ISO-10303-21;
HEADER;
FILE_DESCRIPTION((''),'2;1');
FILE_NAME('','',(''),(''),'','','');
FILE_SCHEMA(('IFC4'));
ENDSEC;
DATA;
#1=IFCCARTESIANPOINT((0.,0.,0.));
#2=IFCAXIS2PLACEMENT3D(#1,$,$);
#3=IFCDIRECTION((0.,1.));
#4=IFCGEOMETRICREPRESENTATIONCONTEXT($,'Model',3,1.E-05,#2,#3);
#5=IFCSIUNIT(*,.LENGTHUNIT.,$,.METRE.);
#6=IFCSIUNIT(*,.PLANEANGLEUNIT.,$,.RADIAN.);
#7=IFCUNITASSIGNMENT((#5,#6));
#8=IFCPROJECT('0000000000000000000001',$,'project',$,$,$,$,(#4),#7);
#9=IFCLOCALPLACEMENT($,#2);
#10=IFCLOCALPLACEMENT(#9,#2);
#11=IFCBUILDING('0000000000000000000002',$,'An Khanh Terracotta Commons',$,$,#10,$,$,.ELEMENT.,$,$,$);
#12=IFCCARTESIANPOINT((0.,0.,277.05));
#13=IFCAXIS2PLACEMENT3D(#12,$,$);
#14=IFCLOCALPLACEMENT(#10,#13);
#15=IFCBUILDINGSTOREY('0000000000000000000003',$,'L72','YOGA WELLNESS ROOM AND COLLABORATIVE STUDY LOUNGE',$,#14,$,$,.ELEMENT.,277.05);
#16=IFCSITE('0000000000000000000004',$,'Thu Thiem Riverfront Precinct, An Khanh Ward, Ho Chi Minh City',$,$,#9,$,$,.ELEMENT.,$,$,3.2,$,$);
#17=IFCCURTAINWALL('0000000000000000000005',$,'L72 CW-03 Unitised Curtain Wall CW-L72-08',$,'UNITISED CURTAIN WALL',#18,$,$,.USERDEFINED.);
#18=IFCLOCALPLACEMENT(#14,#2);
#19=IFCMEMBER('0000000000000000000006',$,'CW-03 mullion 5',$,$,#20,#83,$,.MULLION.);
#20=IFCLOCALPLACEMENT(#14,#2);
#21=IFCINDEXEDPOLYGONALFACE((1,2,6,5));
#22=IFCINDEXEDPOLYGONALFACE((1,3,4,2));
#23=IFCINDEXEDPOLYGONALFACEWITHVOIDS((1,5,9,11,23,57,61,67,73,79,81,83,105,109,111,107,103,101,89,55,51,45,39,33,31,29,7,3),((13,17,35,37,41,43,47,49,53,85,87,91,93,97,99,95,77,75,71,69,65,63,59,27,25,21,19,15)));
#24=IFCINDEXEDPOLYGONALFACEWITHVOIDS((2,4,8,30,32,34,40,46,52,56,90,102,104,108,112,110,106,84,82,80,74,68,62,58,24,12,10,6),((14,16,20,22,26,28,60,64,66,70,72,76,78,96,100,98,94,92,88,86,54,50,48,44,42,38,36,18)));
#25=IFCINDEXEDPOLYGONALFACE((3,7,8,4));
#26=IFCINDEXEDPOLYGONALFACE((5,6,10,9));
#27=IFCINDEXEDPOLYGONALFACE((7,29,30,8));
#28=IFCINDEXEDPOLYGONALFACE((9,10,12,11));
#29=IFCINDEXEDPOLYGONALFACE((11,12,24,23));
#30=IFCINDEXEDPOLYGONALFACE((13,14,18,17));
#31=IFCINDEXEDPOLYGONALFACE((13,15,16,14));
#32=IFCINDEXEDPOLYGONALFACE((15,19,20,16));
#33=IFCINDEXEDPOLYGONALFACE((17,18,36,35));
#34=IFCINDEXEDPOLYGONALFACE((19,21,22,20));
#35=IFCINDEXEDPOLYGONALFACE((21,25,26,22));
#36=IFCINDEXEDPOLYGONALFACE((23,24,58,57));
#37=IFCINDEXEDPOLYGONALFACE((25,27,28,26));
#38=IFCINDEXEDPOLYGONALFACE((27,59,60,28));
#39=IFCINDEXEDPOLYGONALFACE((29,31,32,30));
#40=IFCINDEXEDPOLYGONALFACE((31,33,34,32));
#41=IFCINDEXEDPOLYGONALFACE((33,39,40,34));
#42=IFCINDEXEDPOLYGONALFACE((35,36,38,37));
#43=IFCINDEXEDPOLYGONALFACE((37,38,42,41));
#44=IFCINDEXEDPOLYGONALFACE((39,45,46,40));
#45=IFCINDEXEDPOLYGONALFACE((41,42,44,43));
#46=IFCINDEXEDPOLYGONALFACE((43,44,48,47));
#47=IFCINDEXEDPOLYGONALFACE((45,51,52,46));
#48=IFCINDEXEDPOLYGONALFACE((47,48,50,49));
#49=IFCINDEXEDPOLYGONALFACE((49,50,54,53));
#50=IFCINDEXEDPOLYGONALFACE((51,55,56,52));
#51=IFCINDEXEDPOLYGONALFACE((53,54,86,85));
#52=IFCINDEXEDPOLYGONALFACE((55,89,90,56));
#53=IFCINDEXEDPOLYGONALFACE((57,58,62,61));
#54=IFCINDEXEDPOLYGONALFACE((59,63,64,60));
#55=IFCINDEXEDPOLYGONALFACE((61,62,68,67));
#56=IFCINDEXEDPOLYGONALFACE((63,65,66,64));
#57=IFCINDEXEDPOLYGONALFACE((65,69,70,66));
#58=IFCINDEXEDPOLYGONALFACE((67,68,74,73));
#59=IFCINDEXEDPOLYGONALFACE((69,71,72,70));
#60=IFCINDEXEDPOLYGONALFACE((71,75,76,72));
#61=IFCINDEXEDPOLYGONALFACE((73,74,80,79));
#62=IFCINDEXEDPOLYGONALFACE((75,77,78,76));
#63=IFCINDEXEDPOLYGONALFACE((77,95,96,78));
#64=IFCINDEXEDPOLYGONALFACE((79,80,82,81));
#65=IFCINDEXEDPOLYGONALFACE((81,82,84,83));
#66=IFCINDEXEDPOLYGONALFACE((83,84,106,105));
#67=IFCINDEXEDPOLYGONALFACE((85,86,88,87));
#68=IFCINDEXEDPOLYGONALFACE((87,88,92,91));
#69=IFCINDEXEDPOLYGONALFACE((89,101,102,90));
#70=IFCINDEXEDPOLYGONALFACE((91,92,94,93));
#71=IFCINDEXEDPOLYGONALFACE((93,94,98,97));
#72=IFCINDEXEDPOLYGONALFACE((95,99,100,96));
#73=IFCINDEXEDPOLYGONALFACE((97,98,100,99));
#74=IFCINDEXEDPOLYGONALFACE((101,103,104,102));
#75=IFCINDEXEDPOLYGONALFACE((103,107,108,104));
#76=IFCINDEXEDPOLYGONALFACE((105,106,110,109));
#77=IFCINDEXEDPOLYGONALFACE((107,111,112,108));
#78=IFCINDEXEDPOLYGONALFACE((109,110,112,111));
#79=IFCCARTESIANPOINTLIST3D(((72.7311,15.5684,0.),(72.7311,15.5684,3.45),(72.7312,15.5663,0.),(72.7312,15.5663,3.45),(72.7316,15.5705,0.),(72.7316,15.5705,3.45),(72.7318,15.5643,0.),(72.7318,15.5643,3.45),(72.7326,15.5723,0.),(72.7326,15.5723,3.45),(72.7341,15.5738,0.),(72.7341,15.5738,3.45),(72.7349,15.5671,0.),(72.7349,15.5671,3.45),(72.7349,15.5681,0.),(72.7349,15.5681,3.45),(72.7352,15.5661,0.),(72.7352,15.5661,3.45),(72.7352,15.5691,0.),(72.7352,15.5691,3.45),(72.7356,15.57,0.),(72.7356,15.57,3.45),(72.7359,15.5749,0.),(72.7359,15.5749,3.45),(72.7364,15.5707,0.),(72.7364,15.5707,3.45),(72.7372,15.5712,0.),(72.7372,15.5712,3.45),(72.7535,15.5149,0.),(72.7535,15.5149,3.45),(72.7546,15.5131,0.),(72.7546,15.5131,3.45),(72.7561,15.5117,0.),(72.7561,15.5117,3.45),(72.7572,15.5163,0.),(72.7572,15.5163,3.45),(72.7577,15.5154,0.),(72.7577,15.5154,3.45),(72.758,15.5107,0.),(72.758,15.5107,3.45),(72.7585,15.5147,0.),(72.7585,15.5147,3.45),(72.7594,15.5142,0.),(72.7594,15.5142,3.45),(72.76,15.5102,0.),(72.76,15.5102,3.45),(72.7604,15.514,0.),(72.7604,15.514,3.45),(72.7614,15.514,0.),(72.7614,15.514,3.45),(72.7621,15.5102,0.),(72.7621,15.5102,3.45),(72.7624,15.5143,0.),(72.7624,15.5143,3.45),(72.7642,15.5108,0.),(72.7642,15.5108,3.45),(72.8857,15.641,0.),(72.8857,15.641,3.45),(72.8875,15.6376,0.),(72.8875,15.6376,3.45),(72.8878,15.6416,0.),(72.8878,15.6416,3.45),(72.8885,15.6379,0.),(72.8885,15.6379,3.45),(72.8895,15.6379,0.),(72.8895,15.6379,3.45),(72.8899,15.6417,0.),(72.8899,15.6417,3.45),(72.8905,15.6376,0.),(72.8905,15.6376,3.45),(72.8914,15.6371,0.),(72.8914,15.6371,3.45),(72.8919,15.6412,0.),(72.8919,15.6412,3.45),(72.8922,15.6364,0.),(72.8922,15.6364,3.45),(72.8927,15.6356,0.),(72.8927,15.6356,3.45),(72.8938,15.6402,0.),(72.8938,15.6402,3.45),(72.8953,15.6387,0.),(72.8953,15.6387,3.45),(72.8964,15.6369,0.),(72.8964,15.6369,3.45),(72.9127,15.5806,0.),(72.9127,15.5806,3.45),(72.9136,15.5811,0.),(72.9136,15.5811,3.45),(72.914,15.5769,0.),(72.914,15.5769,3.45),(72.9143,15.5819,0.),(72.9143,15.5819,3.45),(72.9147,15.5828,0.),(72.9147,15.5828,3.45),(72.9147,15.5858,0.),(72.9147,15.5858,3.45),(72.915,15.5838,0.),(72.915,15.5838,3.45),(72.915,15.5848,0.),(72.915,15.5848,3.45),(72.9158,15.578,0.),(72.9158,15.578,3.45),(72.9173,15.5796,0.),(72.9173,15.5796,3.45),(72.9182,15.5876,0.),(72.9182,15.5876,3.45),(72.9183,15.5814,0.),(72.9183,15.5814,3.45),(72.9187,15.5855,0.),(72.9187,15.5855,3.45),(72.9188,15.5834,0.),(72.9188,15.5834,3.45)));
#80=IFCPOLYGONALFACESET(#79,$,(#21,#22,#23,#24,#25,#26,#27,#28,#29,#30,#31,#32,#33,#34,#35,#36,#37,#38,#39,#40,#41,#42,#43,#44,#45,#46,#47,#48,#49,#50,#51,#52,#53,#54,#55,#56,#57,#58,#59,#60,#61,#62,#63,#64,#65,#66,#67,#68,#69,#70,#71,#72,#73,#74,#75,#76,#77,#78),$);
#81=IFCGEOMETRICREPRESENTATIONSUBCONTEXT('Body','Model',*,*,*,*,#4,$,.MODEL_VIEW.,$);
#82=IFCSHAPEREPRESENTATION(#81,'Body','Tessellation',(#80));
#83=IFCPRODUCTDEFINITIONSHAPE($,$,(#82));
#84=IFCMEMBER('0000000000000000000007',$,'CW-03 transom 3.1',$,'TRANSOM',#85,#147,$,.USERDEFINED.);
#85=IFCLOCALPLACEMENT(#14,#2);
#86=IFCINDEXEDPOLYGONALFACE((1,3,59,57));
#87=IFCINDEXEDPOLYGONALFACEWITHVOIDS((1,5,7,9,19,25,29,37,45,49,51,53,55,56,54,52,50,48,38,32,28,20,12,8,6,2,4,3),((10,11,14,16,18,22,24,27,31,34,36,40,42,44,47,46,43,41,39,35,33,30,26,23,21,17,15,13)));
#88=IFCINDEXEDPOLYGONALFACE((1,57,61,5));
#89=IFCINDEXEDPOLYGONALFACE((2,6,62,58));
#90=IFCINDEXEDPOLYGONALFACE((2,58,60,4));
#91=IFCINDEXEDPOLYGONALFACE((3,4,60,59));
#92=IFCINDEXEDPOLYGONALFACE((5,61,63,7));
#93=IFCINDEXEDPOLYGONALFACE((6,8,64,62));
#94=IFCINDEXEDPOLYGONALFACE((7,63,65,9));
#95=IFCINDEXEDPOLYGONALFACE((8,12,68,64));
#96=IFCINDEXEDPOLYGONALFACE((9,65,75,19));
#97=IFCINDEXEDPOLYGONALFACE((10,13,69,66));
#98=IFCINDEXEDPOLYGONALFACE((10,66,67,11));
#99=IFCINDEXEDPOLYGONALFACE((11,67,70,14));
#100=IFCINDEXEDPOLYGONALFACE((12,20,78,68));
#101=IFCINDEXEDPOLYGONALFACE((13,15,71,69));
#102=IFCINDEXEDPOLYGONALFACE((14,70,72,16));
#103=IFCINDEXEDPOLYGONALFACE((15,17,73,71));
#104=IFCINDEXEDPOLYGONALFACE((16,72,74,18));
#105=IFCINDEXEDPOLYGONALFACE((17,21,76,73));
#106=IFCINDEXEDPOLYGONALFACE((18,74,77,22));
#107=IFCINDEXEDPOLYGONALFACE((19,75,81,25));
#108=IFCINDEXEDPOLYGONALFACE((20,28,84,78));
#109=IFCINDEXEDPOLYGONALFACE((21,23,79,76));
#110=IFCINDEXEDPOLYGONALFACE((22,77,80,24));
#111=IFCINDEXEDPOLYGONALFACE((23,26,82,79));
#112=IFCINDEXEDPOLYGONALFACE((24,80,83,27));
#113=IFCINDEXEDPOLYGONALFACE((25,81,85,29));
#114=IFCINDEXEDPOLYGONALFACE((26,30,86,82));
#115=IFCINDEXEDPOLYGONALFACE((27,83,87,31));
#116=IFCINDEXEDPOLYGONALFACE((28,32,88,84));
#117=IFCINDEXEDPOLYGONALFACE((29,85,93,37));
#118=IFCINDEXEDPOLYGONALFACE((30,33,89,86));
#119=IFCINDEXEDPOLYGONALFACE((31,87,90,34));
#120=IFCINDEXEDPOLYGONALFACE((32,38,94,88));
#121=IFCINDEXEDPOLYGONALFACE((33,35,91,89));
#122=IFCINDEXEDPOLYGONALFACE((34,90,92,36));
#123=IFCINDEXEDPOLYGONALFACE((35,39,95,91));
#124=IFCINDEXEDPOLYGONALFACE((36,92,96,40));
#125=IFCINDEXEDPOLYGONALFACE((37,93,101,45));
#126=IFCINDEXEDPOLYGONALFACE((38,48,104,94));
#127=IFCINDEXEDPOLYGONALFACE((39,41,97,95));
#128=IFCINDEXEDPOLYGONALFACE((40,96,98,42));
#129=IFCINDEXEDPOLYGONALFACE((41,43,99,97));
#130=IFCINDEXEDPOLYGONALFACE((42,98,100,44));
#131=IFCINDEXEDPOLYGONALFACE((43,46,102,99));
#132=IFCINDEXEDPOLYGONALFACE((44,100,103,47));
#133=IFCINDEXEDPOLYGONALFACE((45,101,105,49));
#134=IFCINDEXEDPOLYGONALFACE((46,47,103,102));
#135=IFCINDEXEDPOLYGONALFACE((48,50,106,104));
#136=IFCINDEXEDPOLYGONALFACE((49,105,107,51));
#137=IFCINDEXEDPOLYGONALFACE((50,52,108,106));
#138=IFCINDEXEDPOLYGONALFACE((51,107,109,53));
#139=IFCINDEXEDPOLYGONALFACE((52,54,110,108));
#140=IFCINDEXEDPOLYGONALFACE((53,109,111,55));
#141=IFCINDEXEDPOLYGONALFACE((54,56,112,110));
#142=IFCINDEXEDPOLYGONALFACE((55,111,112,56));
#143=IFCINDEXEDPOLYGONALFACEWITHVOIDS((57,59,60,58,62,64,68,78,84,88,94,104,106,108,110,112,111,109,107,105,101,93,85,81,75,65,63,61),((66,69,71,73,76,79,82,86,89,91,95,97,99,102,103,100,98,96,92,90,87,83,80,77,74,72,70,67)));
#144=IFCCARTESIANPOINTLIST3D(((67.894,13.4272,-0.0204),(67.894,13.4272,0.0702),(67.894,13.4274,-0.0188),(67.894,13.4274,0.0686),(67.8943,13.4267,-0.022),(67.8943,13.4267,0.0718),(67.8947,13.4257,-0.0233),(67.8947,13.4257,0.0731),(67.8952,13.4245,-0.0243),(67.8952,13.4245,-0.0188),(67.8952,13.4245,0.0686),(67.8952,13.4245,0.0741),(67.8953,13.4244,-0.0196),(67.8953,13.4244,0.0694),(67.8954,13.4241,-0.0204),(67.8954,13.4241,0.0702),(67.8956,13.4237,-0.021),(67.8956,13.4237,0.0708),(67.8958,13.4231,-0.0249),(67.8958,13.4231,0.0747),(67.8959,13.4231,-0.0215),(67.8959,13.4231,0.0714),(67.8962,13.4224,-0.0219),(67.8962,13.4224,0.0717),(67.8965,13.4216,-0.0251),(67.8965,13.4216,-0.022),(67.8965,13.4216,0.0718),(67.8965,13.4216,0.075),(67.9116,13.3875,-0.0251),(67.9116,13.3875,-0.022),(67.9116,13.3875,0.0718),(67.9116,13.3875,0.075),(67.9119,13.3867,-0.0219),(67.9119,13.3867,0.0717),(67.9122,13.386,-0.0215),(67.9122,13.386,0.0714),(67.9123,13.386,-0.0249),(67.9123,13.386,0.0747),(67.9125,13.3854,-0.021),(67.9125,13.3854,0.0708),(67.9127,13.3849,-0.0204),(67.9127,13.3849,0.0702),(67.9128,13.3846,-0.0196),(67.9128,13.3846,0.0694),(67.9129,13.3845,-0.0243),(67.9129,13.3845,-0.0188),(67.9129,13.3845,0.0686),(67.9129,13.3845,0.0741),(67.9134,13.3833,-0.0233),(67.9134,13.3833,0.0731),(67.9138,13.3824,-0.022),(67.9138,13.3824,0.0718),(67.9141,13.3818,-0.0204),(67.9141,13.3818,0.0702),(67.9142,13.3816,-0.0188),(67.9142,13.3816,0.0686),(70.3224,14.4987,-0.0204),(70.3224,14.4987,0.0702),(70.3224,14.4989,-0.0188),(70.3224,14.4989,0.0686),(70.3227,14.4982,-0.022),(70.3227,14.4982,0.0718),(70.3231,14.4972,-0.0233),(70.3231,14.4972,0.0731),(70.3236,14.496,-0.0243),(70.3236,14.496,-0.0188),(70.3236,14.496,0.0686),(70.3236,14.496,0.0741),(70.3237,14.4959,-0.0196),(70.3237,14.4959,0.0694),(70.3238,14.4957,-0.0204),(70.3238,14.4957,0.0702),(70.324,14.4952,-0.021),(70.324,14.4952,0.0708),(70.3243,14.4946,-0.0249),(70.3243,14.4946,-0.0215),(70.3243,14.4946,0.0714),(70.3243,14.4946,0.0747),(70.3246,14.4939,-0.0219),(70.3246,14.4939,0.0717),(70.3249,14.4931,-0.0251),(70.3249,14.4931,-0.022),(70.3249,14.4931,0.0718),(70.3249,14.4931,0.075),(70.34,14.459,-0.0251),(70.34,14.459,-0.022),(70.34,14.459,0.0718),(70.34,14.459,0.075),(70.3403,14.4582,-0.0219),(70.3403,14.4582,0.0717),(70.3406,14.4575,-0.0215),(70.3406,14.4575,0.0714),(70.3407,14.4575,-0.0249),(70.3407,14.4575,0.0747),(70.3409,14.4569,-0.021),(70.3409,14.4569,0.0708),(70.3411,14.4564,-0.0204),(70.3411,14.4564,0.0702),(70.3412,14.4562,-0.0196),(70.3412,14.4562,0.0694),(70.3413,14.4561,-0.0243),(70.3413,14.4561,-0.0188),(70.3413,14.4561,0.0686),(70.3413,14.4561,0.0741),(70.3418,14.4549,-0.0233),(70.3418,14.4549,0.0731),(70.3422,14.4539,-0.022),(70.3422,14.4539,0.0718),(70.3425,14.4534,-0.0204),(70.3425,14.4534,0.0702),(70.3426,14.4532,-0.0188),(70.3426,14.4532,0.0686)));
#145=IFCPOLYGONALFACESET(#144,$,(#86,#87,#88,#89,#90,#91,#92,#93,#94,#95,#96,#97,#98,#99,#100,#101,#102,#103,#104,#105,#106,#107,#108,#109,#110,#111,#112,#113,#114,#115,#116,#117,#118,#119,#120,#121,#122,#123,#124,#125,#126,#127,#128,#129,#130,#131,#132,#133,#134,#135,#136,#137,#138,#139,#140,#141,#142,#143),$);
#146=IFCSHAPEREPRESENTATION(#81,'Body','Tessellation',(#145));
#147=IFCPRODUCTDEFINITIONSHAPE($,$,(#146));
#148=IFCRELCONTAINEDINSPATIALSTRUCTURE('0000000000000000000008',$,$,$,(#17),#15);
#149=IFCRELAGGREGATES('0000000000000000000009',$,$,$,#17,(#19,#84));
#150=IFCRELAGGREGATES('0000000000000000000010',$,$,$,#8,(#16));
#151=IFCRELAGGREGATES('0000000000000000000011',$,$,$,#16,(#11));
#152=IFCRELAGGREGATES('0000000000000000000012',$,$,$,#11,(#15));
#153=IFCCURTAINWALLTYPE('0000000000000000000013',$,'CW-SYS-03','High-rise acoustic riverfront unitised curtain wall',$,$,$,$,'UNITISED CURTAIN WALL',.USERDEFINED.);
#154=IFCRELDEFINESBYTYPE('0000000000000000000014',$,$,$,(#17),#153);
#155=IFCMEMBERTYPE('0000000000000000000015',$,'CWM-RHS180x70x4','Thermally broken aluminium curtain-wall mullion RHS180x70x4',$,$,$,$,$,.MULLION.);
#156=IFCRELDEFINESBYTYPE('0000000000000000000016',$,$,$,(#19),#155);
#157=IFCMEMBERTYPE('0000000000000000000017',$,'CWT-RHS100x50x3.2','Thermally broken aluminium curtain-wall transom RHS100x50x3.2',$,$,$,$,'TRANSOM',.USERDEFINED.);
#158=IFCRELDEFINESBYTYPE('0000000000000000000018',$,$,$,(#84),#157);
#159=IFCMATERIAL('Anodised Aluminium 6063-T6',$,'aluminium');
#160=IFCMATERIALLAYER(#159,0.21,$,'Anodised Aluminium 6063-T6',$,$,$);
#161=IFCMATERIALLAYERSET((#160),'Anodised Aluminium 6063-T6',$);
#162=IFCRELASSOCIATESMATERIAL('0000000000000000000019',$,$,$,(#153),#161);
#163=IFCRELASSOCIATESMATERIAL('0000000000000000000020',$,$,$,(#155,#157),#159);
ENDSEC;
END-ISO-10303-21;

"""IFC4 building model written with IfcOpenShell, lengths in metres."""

from ifc_helpers import new_model, si_unit, direction, frame, origin, origin_2d, place, context, subcontext, project, spatial, hollow_rectangle, extrude, material, layer, layer_set, material_profile, profile_set, type_object, element, aggregate, save


model = new_model("IFC4")

# Units and contexts
model_context = context("Model", 3, precision=1e-05, world=origin(), true_north=direction((0.0, 1.0)))
body_context = subcontext(model_context, "Body", "Model", "MODEL_VIEW")
ifc_project = project(units=[si_unit("LENGTHUNIT", "METRE"), si_unit("PLANEANGLEUNIT", "RADIAN")], contexts=[model_context])

# Site, building, storey
site_placement = place(None, origin())
site = spatial("IfcSite", under=ifc_project, at=site_placement, Name="Thu Thiem Riverfront Precinct, An Khanh Ward, Ho Chi Minh City", CompositionType="ELEMENT", RefElevation=3.2)
building_placement = place(site_placement, origin())
building = spatial("IfcBuilding", under=site, at=building_placement, Name="An Khanh Terracotta Commons", CompositionType="ELEMENT")
storey_placement = place(building_placement, frame((0.0, 0.0, 277.05)))
storey = spatial("IfcBuildingStorey", under=building, at=storey_placement, Name="L72", Description="YOGA WELLNESS ROOM AND COLLABORATIVE STUDY LOUNGE", CompositionType="ELEMENT", Elevation=277.05)

# Shared definitions
ifc_material_1 = material(Name="Anodised Aluminium 6063-T6", Category="aluminium")

# Curtain wall, members
ifc_layer_1 = layer(ifc_material_1, 0.21, Name="Anodised Aluminium 6063-T6")
ifc_layer_set_1 = layer_set([ifc_layer_1], Name="Anodised Aluminium 6063-T6")
curtain_wall_type_1 = type_object("IfcCurtainWallType", Name="CW-SYS-03", Description="High-rise acoustic riverfront unitised curtain wall", ElementType="UNITISED CURTAIN WALL", PredefinedType="USERDEFINED", material=ifc_layer_set_1)
curtain_wall_1_placement = place(storey_placement, origin())
curtain_wall_1 = element("IfcCurtainWall", 1, at=curtain_wall_1_placement, inside=storey, type_object=curtain_wall_type_1, Name="L72 CW-03 Unitised Curtain Wall CW-L72-08", ObjectType="UNITISED CURTAIN WALL", PredefinedType="USERDEFINED")
ifc_material_profile_1 = material_profile(ifc_material_1, hollow_rectangle(XDim=0.0701, YDim=0.1799, WallThickness=0.0039, InnerFilletRadius=0.0039, OuterFilletRadius=0.0081, at=origin_2d()), Name="RHS180x70x4")
ifc_profile_set_1 = profile_set([ifc_material_profile_1], Name="Anodised Aluminium 6063-T6")
member_type_1 = type_object("IfcMemberType", Name="CWM-RHS180x70x4", Description="Thermally broken aluminium curtain-wall mullion RHS180x70x4", PredefinedType="MULLION", material=ifc_profile_set_1)
member_1_placement = place(storey_placement, frame((72.825, 15.5759, 0.0), z_axis=(0.0, 0.0, 1.0), x_axis=(-0.403676, 0.914902, 0.0)))
member_1 = element("IfcMember", 2, at=member_1_placement, type_object=member_type_1, Name="CW-03 mullion 5", PredefinedType="MULLION", context=body_context, shape_type="SweptSolid", body=[
    extrude(hollow_rectangle(XDim=0.0701, YDim=0.1799, WallThickness=0.0039, InnerFilletRadius=0.0039, OuterFilletRadius=0.0081, at=origin_2d()), origin(), (0.0, 0.0, 1.0), 3.45),
])
ifc_material_profile_2 = material_profile(ifc_material_1, hollow_rectangle(XDim=0.05, YDim=0.1001, WallThickness=0.0032, InnerFilletRadius=0.0032, OuterFilletRadius=0.0063, at=origin_2d()), Name="RHS100x50x3.2")
ifc_profile_set_2 = profile_set([ifc_material_profile_2], Name="Anodised Aluminium 6063-T6")
member_type_2 = type_object("IfcMemberType", Name="CWT-RHS100x50x3.2", Description="Thermally broken aluminium curtain-wall transom RHS100x50x3.2", ElementType="TRANSOM", PredefinedType="USERDEFINED", material=ifc_profile_set_2)
member_2_placement = place(storey_placement, frame((67.9041, 13.4045, 0.0249), z_axis=(0.914897, 0.403688, 0.0), x_axis=(-0.403688, 0.914897, 0.0)))
member_2 = element("IfcMember", 3, at=member_2_placement, type_object=member_type_2, Name="CW-03 transom 3.1", ObjectType="TRANSOM", PredefinedType="USERDEFINED", context=body_context, shape_type="SweptSolid", body=[
    extrude(hollow_rectangle(XDim=0.05, YDim=0.1001, WallThickness=0.0032, InnerFilletRadius=0.0032, OuterFilletRadius=0.0063, at=origin_2d()), origin(), (0.0, 0.0, 1.0), 2.6543),
])

aggregate(curtain_wall_1, [member_1, member_2])

save(model, "model.ifc")
